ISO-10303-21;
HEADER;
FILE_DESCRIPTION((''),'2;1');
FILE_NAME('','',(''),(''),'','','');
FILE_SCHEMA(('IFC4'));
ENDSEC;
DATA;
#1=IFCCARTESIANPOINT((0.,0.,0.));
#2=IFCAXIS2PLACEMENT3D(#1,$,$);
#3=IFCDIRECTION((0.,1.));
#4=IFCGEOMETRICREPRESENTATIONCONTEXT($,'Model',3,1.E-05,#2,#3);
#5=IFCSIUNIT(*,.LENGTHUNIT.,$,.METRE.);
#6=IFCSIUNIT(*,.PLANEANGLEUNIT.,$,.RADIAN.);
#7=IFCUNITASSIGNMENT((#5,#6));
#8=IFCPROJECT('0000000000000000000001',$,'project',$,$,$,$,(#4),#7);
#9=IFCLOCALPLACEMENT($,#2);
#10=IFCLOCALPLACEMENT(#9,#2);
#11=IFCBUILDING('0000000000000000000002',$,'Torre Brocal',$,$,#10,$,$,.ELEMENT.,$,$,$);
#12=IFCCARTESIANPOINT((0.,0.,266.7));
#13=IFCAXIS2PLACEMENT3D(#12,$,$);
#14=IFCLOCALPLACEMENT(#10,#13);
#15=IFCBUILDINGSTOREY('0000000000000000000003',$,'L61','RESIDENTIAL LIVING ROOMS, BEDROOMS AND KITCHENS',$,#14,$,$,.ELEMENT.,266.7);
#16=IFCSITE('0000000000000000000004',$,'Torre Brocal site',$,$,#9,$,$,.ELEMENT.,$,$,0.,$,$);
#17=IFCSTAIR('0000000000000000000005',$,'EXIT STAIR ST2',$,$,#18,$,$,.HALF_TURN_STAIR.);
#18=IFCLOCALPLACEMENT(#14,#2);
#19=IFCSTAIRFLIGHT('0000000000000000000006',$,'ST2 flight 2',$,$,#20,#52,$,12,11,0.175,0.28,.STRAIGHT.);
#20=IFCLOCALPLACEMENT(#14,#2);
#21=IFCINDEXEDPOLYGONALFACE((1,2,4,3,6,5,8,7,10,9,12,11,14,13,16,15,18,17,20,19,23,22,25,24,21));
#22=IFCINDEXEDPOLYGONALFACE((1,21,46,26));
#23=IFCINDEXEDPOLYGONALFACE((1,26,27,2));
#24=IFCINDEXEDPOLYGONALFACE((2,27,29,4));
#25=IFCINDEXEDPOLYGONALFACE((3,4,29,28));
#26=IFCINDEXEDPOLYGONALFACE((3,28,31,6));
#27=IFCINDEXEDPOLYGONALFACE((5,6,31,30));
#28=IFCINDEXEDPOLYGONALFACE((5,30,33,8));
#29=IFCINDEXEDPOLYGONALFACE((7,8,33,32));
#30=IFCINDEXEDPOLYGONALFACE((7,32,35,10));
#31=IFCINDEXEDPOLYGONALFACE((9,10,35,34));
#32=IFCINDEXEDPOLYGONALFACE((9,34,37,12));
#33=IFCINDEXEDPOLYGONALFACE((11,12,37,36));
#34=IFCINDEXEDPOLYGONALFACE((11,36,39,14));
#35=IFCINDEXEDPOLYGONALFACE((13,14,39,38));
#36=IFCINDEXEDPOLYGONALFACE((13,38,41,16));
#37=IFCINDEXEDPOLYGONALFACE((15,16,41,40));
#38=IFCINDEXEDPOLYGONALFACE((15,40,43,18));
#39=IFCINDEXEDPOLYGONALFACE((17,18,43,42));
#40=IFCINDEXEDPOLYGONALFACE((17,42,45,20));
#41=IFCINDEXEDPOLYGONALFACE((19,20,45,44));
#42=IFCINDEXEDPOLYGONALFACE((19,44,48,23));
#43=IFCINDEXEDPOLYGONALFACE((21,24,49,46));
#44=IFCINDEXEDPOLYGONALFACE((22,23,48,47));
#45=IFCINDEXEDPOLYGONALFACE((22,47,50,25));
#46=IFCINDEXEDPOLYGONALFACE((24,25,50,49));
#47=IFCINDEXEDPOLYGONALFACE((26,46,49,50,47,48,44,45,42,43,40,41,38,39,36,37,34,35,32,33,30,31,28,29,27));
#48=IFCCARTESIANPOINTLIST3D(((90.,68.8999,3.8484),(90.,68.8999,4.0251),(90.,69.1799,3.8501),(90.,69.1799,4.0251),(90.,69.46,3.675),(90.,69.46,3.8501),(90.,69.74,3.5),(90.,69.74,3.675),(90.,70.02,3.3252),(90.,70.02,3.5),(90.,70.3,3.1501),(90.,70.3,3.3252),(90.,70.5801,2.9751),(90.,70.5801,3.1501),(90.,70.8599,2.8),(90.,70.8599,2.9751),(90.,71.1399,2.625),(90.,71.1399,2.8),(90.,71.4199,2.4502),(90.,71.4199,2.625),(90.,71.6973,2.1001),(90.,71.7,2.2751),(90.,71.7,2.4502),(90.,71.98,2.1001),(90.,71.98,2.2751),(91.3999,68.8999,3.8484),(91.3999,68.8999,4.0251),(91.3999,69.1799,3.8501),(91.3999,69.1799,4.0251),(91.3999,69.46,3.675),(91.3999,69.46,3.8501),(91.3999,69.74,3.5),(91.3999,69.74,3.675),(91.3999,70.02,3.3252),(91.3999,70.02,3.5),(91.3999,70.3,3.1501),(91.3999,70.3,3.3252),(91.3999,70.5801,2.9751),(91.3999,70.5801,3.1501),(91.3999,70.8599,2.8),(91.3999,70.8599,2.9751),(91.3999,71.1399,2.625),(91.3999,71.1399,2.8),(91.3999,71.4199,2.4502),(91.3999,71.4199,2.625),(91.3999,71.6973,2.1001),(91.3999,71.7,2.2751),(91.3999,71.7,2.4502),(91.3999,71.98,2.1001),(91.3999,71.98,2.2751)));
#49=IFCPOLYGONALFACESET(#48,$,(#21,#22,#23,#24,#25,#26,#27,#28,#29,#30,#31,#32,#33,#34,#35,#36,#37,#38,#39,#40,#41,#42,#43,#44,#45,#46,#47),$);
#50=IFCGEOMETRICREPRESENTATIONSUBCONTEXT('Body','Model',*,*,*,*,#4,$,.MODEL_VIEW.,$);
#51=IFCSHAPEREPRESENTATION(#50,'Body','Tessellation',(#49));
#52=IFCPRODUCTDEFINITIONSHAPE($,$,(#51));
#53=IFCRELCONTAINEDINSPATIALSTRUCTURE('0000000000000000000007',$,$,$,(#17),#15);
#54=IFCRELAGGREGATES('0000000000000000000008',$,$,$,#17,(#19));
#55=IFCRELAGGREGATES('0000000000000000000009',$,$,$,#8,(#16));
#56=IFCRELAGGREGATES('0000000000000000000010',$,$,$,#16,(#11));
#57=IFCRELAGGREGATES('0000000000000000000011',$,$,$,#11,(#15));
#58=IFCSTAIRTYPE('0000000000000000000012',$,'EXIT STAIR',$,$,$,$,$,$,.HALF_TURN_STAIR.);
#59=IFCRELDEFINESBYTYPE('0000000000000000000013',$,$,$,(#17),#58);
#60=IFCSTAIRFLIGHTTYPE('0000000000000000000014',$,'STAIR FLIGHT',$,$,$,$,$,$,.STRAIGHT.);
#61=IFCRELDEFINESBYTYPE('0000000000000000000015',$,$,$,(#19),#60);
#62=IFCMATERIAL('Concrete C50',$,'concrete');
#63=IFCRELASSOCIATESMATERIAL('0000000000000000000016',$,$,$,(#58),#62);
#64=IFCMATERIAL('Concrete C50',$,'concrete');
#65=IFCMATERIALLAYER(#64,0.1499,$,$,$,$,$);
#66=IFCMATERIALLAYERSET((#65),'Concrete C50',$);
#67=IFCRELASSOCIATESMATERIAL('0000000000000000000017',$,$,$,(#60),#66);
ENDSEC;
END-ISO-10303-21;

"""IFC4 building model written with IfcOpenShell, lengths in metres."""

from ifc_helpers import new_model, si_unit, direction, frame, origin, place, context, subcontext, project, spatial, polyline, outline, extrude, material, layer, layer_set, type_object, element, aggregate, save


model = new_model("IFC4")

# Units and contexts
model_context = context("Model", 3, precision=1e-05, world=origin(), true_north=direction((0.0, 1.0)))
body_context = subcontext(model_context, "Body", "Model", "MODEL_VIEW")
ifc_project = project(units=[si_unit("LENGTHUNIT", "METRE"), si_unit("PLANEANGLEUNIT", "RADIAN")], contexts=[model_context])

# Site, building, storey
site_placement = place(None, origin())
site = spatial("IfcSite", under=ifc_project, at=site_placement, Name="Torre Brocal site", CompositionType="ELEMENT", RefElevation=0.0)
building_placement = place(site_placement, origin())
building = spatial("IfcBuilding", under=site, at=building_placement, Name="Torre Brocal", CompositionType="ELEMENT")
storey_placement = place(building_placement, frame((0.0, 0.0, 266.7)))
storey = spatial("IfcBuildingStorey", under=building, at=storey_placement, Name="L61", Description="RESIDENTIAL LIVING ROOMS, BEDROOMS AND KITCHENS", CompositionType="ELEMENT", Elevation=266.7)

# Stair, stair flight
ifc_material_1 = material(Name="Concrete C50", Category="concrete")
stair_type = type_object("IfcStairType", Name="EXIT STAIR", PredefinedType="HALF_TURN_STAIR", material=ifc_material_1)
stair_placement = place(storey_placement, origin())
stair = element("IfcStair", 1, at=stair_placement, inside=storey, type_object=stair_type, Name="EXIT STAIR ST2", PredefinedType="HALF_TURN_STAIR")
ifc_material_2 = material(Name="Concrete C50", Category="concrete")
ifc_layer_1 = layer(ifc_material_2, 0.1499)
ifc_layer_set_1 = layer_set([ifc_layer_1], Name="Concrete C50")
stair_flight_type = type_object("IfcStairFlightType", Name="STAIR FLIGHT", PredefinedType="STRAIGHT", material=ifc_layer_set_1)
stair_flight_1_placement = place(storey_placement, frame((90.7, 71.98, 2.1001), z_axis=(0.0, 0.0, 1.0), x_axis=(0.0, -1.0, 0.0)))
stair_flight_1 = element("IfcStairFlight", 2, at=stair_flight_1_placement, type_object=stair_flight_type, Name="ST2 flight 2", NumberOfRisers=12, NumberOfTreads=11, PredefinedType="STRAIGHT", RiserHeight=0.175, TreadLength=0.28, context=body_context, shape_type="SweptSolid", body=[
    extrude(outline(polyline([(0.0, 0.0), (0.0, 0.175), (0.28, 0.175), (0.28, 0.3501), (0.5601, 0.3501), (0.5601, 0.5249), (0.8401, 0.5249), (0.8401, 0.7), (1.1201, 0.7), (1.1201, 0.875), (1.3999, 0.875), (1.3999, 1.05), (1.6799, 1.05), (1.6799, 1.2251), (1.96, 1.2251), (1.96, 1.3999), (2.24, 1.3999), (2.24, 1.575), (2.52, 1.575), (2.52, 1.75), (2.8, 1.75), (2.8, 1.925), (3.0801, 1.925), (3.0801, 2.1001), (3.0801, 1.7483), (0.2827, 0.0), (0.0, 0.0)])), frame((0.0, 0.7, 0.0), z_axis=(0.0, -1.0, 0.0), x_axis=(1.0, 0.0, 0.0)), (0.0, 0.0, 1.0), 1.3999),
])
aggregate(stair, [stair_flight_1])

save(model, "model.ifc")
